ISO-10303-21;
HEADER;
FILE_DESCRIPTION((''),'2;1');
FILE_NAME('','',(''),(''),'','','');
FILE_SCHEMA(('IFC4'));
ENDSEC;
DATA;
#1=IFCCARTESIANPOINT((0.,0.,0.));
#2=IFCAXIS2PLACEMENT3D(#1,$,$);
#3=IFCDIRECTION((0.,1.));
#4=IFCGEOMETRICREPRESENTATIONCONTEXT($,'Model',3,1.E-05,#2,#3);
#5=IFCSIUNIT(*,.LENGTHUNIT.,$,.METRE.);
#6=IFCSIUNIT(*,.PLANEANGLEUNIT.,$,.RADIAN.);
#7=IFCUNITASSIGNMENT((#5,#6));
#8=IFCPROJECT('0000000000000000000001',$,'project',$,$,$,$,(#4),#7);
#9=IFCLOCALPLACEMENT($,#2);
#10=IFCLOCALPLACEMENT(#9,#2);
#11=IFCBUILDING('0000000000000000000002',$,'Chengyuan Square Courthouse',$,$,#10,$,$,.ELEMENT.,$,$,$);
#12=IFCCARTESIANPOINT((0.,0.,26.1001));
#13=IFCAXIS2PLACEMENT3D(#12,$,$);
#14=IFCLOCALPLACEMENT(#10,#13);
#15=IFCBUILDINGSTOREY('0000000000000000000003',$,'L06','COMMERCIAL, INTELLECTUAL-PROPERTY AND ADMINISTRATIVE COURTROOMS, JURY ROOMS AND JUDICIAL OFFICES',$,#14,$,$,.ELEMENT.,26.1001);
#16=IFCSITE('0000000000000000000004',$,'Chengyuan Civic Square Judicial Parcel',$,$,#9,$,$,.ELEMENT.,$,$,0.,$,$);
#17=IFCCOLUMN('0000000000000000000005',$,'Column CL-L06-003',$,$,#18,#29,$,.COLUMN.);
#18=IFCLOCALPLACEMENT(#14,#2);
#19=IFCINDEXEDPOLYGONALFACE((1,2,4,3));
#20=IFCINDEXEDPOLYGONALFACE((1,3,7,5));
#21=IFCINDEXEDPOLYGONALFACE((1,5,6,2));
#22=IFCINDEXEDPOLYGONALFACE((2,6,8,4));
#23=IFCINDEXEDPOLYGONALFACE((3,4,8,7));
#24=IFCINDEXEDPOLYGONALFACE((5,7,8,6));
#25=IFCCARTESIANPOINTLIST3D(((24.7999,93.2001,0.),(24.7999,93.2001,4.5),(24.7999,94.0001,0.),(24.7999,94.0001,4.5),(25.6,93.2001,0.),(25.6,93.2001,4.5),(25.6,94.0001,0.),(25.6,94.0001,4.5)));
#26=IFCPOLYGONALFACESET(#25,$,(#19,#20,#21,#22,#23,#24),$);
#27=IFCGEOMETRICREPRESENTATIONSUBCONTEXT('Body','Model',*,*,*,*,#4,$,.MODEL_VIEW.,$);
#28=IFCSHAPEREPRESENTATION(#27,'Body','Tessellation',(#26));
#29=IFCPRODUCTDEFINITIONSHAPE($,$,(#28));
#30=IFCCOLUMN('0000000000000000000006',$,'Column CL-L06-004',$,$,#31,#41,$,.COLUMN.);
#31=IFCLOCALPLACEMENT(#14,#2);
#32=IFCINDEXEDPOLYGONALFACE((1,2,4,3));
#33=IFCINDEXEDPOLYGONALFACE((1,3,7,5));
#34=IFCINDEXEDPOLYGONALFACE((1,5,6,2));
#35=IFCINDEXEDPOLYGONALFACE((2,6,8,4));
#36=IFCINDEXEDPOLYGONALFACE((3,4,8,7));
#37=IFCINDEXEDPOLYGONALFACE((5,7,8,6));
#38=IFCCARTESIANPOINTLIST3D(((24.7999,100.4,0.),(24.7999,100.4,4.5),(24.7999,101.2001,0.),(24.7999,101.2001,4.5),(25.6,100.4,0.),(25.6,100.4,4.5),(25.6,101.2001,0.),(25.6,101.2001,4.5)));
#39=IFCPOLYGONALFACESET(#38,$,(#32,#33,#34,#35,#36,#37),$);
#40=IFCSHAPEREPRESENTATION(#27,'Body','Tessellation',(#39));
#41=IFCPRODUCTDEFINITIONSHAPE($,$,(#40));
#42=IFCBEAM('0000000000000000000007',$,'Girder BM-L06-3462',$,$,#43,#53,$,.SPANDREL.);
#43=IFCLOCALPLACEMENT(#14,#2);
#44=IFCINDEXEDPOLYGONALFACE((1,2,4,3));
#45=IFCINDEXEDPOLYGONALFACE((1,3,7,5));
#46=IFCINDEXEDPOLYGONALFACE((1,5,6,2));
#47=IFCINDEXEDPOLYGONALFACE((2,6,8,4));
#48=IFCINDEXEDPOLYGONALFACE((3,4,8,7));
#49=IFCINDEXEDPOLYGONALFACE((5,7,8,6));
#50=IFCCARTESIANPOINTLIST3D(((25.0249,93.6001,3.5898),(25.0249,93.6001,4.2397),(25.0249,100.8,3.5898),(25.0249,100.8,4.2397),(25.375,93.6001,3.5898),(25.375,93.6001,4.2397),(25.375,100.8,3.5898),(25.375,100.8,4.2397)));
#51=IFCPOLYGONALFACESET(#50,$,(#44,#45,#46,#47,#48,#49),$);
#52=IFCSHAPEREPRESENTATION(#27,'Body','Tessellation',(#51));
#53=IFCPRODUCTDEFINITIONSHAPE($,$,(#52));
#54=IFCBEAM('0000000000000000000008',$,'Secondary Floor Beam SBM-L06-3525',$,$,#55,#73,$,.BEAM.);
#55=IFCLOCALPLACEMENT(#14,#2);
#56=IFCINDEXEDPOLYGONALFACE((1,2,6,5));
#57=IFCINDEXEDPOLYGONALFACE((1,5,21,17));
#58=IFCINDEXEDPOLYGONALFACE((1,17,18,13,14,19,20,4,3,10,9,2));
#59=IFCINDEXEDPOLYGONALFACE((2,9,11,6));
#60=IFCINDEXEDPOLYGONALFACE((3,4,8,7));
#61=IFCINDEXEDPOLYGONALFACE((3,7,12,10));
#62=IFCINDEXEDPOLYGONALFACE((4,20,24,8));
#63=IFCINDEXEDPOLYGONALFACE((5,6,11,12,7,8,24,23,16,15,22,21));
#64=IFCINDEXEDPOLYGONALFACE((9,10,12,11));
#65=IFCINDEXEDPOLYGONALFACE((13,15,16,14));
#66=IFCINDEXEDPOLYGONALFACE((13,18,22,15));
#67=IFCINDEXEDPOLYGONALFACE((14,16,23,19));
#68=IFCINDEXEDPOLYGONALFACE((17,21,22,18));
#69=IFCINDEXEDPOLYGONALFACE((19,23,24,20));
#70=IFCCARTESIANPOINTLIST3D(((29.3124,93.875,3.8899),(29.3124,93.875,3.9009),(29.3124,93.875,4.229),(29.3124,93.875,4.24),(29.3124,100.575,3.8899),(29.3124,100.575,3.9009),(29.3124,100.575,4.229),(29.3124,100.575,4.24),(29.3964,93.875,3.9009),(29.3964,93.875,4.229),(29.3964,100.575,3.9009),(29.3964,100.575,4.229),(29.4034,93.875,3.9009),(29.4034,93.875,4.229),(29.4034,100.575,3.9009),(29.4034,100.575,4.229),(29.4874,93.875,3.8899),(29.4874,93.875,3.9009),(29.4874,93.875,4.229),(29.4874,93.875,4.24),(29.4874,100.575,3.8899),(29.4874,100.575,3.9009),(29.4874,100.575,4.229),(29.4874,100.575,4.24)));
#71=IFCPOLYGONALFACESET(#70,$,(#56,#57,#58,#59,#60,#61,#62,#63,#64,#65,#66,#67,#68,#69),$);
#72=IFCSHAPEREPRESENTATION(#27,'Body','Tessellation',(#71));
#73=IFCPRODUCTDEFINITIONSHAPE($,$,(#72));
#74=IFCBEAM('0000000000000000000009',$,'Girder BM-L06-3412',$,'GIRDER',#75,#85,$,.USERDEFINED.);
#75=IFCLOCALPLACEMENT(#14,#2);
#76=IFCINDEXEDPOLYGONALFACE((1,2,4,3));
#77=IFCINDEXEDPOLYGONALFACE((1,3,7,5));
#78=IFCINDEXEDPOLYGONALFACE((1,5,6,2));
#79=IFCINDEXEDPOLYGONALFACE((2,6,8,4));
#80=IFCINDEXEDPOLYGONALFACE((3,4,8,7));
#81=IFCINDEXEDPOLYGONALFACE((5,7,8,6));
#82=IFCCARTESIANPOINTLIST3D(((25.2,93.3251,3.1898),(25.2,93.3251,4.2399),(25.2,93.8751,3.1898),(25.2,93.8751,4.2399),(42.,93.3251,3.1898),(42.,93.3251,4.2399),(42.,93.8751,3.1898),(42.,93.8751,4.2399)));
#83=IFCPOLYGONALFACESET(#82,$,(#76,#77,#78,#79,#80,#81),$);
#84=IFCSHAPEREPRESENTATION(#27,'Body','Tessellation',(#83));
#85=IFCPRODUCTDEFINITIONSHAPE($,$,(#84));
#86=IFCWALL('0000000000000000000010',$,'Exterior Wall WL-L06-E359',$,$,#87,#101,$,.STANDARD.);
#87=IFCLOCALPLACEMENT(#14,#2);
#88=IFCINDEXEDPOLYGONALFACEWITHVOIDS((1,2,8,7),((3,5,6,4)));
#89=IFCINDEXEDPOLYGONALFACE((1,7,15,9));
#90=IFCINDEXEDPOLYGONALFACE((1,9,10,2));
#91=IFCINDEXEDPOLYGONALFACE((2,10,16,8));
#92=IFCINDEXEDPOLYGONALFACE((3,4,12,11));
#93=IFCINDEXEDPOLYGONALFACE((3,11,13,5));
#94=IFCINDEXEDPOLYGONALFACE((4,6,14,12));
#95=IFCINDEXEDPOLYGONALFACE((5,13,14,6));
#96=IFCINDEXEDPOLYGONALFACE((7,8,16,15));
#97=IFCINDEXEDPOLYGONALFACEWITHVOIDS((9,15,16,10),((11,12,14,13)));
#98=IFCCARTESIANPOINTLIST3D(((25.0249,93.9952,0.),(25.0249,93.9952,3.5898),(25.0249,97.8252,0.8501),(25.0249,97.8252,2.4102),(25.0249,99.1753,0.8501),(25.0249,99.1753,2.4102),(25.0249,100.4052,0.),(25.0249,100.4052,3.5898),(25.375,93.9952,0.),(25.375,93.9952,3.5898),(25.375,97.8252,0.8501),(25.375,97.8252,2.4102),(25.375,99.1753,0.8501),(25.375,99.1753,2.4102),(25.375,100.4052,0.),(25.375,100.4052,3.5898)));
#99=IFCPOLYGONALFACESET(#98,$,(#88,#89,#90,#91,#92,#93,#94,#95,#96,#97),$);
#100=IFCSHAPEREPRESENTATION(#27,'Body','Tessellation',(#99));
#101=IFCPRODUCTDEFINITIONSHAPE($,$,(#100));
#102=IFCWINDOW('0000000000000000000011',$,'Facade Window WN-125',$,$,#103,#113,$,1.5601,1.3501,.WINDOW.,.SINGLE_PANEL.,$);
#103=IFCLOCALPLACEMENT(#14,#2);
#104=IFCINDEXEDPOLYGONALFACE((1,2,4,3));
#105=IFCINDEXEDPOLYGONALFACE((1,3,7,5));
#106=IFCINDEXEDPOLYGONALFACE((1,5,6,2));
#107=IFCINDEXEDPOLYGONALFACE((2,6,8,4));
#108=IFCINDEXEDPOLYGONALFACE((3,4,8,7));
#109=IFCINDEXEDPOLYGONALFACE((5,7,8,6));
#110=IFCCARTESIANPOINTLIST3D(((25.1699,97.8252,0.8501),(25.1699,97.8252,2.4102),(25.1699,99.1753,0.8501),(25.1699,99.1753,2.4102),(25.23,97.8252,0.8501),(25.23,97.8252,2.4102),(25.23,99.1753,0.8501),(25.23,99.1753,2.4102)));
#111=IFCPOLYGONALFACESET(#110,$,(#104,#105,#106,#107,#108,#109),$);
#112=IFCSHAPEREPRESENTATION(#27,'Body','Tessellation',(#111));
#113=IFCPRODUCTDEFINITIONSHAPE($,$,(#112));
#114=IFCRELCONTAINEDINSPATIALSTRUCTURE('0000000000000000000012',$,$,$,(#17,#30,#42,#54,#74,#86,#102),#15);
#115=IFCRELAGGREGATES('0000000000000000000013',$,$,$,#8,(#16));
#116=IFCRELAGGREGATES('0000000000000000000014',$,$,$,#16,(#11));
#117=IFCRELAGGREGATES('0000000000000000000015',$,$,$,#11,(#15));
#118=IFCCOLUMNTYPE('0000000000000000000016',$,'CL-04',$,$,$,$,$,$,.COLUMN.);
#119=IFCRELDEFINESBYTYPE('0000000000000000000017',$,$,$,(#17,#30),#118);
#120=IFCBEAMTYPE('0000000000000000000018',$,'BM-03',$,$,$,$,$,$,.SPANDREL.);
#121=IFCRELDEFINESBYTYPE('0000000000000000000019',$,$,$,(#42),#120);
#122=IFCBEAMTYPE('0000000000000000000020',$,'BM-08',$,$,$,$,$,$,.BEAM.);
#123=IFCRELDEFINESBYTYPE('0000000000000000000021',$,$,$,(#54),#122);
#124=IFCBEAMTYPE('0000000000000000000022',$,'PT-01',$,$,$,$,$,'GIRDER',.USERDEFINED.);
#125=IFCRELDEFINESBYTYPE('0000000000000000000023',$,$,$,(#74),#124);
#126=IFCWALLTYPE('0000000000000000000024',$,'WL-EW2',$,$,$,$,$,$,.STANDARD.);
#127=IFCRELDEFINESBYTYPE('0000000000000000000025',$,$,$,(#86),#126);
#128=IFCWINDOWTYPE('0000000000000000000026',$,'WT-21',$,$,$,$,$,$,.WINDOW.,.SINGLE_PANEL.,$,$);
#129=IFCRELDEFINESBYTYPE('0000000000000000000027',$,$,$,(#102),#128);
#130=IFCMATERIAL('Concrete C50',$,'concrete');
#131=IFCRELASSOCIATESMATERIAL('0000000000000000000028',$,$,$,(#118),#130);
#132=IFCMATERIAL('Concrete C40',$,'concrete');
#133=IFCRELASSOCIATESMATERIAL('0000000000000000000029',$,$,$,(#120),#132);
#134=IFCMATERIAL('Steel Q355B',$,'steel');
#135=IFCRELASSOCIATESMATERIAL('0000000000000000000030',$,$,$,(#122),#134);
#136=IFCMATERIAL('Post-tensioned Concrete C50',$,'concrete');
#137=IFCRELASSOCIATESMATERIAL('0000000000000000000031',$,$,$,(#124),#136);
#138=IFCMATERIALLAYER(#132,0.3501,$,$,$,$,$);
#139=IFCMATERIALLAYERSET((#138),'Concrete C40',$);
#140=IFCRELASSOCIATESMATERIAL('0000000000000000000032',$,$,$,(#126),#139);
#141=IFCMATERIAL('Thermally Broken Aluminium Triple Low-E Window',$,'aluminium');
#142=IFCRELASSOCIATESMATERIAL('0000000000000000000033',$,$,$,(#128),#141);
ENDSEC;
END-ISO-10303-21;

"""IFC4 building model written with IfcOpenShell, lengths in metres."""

from ifc_helpers import new_model, si_unit, direction, frame, frame_2d, origin, origin_2d, place, context, subcontext, project, spatial, rectangle, i_section, extrude, material, layer, layer_set, material_profile, profile_set, type_object, element, fill, save


model = new_model("IFC4")

# Units and contexts
model_context = context("Model", 3, precision=1e-05, world=origin(), true_north=direction((0.0, 1.0)))
body_context = subcontext(model_context, "Body", "Model", "MODEL_VIEW")
ifc_project = project(units=[si_unit("LENGTHUNIT", "METRE"), si_unit("PLANEANGLEUNIT", "RADIAN")], contexts=[model_context])

# Site, building, storey
site_placement = place(None, origin())
site = spatial("IfcSite", under=ifc_project, at=site_placement, Name="Chengyuan Civic Square Judicial Parcel", CompositionType="ELEMENT", RefElevation=0.0)
building_placement = place(site_placement, origin())
building = spatial("IfcBuilding", under=site, at=building_placement, Name="Chengyuan Square Courthouse", CompositionType="ELEMENT")
storey_placement = place(building_placement, frame((0.0, 0.0, 26.1001)))
storey = spatial("IfcBuildingStorey", under=building, at=storey_placement, Name="L06", Description="COMMERCIAL, INTELLECTUAL-PROPERTY AND ADMINISTRATIVE COURTROOMS, JURY ROOMS AND JUDICIAL OFFICES", CompositionType="ELEMENT", Elevation=26.1001)

# Columns
ifc_material_1 = material(Name="Concrete C50", Category="concrete")
ifc_material_profile_1 = material_profile(ifc_material_1, rectangle(XDim=0.8, YDim=0.8, at=origin_2d()), Name="RC-COL-800x800")
ifc_profile_set_1 = profile_set([ifc_material_profile_1], Name="Concrete C50")
column_type = type_object("IfcColumnType", Name="CL-04", PredefinedType="COLUMN", material=ifc_profile_set_1)
for number, where, z_axis, x_axis, name in (
    (1, (25.2, 93.6001, 0.0), (0.0, 0.0, 1.0), (1.0, 0.0, 0.0), "Column CL-L06-003"),
    (2, (25.2, 100.8, 0.0), (0.0, 0.0, 1.0), (1.0, 0.0, 0.0), "Column CL-L06-004"),
):
    element("IfcColumn", number, at=place(storey_placement, frame(where, z_axis=z_axis, x_axis=x_axis)), inside=storey, type_object=column_type, Name=name, PredefinedType="COLUMN", context=body_context, shape_type="SweptSolid", body=[
        extrude(rectangle(XDim=0.8, YDim=0.8, at=origin_2d()), origin(), (0.0, 0.0, 1.0), 4.5),
    ])

# Beams
ifc_material_2 = material(Name="Concrete C40", Category="concrete")
ifc_material_profile_2 = material_profile(ifc_material_2, rectangle(XDim=0.3501, YDim=0.6499, at=origin_2d()), Name="RC-BM-350x650")
ifc_profile_set_2 = profile_set([ifc_material_profile_2], Name="Concrete C40")
beam_type_1 = type_object("IfcBeamType", Name="BM-03", PredefinedType="SPANDREL", material=ifc_profile_set_2)
beam_1_placement = place(storey_placement, frame((25.2, 93.6001, 3.9148), z_axis=(0.0, 1.0, 0.0), x_axis=(-1.0, 0.0, 0.0)))
element("IfcBeam", 3, at=beam_1_placement, inside=storey, type_object=beam_type_1, Name="Girder BM-L06-3462", PredefinedType="SPANDREL", context=body_context, shape_type="SweptSolid", body=[
    extrude(rectangle(XDim=0.3501, YDim=0.6499, at=origin_2d()), origin(), (0.0, 0.0, 1.0), 7.2),
])
ifc_material_3 = material(Name="Steel Q355B", Category="steel")
ifc_material_profile_3 = material_profile(ifc_material_3, i_section(OverallWidth=0.175, OverallDepth=0.3501, WebThickness=0.0071, FlangeThickness=0.011, at=origin_2d()), Name="HN 350x175x7x11")
ifc_profile_set_3 = profile_set([ifc_material_profile_3], Name="Steel Q355B")
beam_type_2 = type_object("IfcBeamType", Name="BM-08", PredefinedType="BEAM", material=ifc_profile_set_3)
beam_2_placement = place(storey_placement, frame((29.3999, 93.875, 4.0649), z_axis=(0.0, 1.0, 0.0), x_axis=(-1.0, 0.0, 0.0)))
element("IfcBeam", 4, at=beam_2_placement, inside=storey, type_object=beam_type_2, Name="Secondary Floor Beam SBM-L06-3525", PredefinedType="BEAM", context=body_context, shape_type="SweptSolid", body=[
    extrude(i_section(OverallWidth=0.175, OverallDepth=0.3501, WebThickness=0.0071, FlangeThickness=0.011, at=origin_2d()), origin(), (0.0, 0.0, 1.0), 6.7),
])
ifc_material_4 = material(Name="Post-tensioned Concrete C50", Category="concrete")
ifc_material_profile_4 = material_profile(ifc_material_4, rectangle(XDim=0.55, YDim=1.05, at=origin_2d()), Name="PT-BM-550x1050")
ifc_profile_set_4 = profile_set([ifc_material_profile_4], Name="Post-tensioned Concrete C50")
beam_type_3 = type_object("IfcBeamType", Name="PT-01", ElementType="GIRDER", PredefinedType="USERDEFINED", material=ifc_profile_set_4)
beam_3_placement = place(storey_placement, frame((25.2, 93.6001, 3.7148), z_axis=(1.0, 0.0, 0.0), x_axis=(0.0, 1.0, 0.0)))
element("IfcBeam", 5, at=beam_3_placement, inside=storey, type_object=beam_type_3, Name="Girder BM-L06-3412", ObjectType="GIRDER", PredefinedType="USERDEFINED", context=body_context, shape_type="SweptSolid", body=[
    extrude(rectangle(XDim=0.55, YDim=1.05, at=origin_2d()), origin(), (0.0, 0.0, 1.0), 16.8),
])

# Wall, opening, window
ifc_layer_1 = layer(ifc_material_2, 0.3501)
ifc_layer_set_1 = layer_set([ifc_layer_1], Name="Concrete C40")
wall_type_1 = type_object("IfcWallType", Name="WL-EW2", PredefinedType="STANDARD", material=ifc_layer_set_1)
wall_1_placement = place(storey_placement, frame((25.2, 93.9951, 0.0), z_axis=(0.0, 0.0, 1.0), x_axis=(0.0, 1.0, 0.0)))
wall_1 = element("IfcWall", 6, at=wall_1_placement, inside=storey, type_object=wall_type_1, Name="Exterior Wall WL-L06-E359", PredefinedType="STANDARD", context=body_context, shape_type="SweptSolid", body=[
    extrude(rectangle(XDim=6.4099, YDim=0.3501, at=frame_2d((3.2051, 0.0))), origin(), (0.0, 0.0, 1.0), 3.5898),
])
opening_1_placement = place(wall_1_placement, frame((3.8301, 0.0, 0.8501)))
opening_1 = element("IfcOpeningElement", 7, at=opening_1_placement, cuts=wall_1, PredefinedType="OPENING", context=body_context, shape_type="SweptSolid", body=[
    extrude(rectangle(XDim=1.3501, YDim=1.5601, at=frame_2d((0.675, 0.78))), frame((0.0, 0.187, 0.0), z_axis=(0.0, -1.0, 0.0), x_axis=(1.0, 0.0, 0.0)), (0.0, 0.0, 1.0), 0.374),
])
ifc_material_5 = material(Name="Thermally Broken Aluminium Triple Low-E Window", Category="aluminium")
window_type = type_object("IfcWindowType", Name="WT-21", PartitioningType="SINGLE_PANEL", PredefinedType="WINDOW", material=ifc_material_5)
window_placement = place(opening_1_placement, origin())
window = element("IfcWindow", 8, at=window_placement, inside=storey, type_object=window_type, Name="Facade Window WN-125", OverallHeight=1.5601, OverallWidth=1.3501, PartitioningType="SINGLE_PANEL", PredefinedType="WINDOW", context=body_context, shape_type="SweptSolid", body=[
    extrude(rectangle(XDim=1.3501, YDim=1.5601, at=frame_2d((0.675, 0.78))), frame((0.0, 0.03, 0.0), z_axis=(0.0, -1.0, 0.0), x_axis=(1.0, 0.0, 0.0)), (0.0, 0.0, 1.0), 0.0601),
])
fill(opening_1, window)

save(model, "model.ifc")
